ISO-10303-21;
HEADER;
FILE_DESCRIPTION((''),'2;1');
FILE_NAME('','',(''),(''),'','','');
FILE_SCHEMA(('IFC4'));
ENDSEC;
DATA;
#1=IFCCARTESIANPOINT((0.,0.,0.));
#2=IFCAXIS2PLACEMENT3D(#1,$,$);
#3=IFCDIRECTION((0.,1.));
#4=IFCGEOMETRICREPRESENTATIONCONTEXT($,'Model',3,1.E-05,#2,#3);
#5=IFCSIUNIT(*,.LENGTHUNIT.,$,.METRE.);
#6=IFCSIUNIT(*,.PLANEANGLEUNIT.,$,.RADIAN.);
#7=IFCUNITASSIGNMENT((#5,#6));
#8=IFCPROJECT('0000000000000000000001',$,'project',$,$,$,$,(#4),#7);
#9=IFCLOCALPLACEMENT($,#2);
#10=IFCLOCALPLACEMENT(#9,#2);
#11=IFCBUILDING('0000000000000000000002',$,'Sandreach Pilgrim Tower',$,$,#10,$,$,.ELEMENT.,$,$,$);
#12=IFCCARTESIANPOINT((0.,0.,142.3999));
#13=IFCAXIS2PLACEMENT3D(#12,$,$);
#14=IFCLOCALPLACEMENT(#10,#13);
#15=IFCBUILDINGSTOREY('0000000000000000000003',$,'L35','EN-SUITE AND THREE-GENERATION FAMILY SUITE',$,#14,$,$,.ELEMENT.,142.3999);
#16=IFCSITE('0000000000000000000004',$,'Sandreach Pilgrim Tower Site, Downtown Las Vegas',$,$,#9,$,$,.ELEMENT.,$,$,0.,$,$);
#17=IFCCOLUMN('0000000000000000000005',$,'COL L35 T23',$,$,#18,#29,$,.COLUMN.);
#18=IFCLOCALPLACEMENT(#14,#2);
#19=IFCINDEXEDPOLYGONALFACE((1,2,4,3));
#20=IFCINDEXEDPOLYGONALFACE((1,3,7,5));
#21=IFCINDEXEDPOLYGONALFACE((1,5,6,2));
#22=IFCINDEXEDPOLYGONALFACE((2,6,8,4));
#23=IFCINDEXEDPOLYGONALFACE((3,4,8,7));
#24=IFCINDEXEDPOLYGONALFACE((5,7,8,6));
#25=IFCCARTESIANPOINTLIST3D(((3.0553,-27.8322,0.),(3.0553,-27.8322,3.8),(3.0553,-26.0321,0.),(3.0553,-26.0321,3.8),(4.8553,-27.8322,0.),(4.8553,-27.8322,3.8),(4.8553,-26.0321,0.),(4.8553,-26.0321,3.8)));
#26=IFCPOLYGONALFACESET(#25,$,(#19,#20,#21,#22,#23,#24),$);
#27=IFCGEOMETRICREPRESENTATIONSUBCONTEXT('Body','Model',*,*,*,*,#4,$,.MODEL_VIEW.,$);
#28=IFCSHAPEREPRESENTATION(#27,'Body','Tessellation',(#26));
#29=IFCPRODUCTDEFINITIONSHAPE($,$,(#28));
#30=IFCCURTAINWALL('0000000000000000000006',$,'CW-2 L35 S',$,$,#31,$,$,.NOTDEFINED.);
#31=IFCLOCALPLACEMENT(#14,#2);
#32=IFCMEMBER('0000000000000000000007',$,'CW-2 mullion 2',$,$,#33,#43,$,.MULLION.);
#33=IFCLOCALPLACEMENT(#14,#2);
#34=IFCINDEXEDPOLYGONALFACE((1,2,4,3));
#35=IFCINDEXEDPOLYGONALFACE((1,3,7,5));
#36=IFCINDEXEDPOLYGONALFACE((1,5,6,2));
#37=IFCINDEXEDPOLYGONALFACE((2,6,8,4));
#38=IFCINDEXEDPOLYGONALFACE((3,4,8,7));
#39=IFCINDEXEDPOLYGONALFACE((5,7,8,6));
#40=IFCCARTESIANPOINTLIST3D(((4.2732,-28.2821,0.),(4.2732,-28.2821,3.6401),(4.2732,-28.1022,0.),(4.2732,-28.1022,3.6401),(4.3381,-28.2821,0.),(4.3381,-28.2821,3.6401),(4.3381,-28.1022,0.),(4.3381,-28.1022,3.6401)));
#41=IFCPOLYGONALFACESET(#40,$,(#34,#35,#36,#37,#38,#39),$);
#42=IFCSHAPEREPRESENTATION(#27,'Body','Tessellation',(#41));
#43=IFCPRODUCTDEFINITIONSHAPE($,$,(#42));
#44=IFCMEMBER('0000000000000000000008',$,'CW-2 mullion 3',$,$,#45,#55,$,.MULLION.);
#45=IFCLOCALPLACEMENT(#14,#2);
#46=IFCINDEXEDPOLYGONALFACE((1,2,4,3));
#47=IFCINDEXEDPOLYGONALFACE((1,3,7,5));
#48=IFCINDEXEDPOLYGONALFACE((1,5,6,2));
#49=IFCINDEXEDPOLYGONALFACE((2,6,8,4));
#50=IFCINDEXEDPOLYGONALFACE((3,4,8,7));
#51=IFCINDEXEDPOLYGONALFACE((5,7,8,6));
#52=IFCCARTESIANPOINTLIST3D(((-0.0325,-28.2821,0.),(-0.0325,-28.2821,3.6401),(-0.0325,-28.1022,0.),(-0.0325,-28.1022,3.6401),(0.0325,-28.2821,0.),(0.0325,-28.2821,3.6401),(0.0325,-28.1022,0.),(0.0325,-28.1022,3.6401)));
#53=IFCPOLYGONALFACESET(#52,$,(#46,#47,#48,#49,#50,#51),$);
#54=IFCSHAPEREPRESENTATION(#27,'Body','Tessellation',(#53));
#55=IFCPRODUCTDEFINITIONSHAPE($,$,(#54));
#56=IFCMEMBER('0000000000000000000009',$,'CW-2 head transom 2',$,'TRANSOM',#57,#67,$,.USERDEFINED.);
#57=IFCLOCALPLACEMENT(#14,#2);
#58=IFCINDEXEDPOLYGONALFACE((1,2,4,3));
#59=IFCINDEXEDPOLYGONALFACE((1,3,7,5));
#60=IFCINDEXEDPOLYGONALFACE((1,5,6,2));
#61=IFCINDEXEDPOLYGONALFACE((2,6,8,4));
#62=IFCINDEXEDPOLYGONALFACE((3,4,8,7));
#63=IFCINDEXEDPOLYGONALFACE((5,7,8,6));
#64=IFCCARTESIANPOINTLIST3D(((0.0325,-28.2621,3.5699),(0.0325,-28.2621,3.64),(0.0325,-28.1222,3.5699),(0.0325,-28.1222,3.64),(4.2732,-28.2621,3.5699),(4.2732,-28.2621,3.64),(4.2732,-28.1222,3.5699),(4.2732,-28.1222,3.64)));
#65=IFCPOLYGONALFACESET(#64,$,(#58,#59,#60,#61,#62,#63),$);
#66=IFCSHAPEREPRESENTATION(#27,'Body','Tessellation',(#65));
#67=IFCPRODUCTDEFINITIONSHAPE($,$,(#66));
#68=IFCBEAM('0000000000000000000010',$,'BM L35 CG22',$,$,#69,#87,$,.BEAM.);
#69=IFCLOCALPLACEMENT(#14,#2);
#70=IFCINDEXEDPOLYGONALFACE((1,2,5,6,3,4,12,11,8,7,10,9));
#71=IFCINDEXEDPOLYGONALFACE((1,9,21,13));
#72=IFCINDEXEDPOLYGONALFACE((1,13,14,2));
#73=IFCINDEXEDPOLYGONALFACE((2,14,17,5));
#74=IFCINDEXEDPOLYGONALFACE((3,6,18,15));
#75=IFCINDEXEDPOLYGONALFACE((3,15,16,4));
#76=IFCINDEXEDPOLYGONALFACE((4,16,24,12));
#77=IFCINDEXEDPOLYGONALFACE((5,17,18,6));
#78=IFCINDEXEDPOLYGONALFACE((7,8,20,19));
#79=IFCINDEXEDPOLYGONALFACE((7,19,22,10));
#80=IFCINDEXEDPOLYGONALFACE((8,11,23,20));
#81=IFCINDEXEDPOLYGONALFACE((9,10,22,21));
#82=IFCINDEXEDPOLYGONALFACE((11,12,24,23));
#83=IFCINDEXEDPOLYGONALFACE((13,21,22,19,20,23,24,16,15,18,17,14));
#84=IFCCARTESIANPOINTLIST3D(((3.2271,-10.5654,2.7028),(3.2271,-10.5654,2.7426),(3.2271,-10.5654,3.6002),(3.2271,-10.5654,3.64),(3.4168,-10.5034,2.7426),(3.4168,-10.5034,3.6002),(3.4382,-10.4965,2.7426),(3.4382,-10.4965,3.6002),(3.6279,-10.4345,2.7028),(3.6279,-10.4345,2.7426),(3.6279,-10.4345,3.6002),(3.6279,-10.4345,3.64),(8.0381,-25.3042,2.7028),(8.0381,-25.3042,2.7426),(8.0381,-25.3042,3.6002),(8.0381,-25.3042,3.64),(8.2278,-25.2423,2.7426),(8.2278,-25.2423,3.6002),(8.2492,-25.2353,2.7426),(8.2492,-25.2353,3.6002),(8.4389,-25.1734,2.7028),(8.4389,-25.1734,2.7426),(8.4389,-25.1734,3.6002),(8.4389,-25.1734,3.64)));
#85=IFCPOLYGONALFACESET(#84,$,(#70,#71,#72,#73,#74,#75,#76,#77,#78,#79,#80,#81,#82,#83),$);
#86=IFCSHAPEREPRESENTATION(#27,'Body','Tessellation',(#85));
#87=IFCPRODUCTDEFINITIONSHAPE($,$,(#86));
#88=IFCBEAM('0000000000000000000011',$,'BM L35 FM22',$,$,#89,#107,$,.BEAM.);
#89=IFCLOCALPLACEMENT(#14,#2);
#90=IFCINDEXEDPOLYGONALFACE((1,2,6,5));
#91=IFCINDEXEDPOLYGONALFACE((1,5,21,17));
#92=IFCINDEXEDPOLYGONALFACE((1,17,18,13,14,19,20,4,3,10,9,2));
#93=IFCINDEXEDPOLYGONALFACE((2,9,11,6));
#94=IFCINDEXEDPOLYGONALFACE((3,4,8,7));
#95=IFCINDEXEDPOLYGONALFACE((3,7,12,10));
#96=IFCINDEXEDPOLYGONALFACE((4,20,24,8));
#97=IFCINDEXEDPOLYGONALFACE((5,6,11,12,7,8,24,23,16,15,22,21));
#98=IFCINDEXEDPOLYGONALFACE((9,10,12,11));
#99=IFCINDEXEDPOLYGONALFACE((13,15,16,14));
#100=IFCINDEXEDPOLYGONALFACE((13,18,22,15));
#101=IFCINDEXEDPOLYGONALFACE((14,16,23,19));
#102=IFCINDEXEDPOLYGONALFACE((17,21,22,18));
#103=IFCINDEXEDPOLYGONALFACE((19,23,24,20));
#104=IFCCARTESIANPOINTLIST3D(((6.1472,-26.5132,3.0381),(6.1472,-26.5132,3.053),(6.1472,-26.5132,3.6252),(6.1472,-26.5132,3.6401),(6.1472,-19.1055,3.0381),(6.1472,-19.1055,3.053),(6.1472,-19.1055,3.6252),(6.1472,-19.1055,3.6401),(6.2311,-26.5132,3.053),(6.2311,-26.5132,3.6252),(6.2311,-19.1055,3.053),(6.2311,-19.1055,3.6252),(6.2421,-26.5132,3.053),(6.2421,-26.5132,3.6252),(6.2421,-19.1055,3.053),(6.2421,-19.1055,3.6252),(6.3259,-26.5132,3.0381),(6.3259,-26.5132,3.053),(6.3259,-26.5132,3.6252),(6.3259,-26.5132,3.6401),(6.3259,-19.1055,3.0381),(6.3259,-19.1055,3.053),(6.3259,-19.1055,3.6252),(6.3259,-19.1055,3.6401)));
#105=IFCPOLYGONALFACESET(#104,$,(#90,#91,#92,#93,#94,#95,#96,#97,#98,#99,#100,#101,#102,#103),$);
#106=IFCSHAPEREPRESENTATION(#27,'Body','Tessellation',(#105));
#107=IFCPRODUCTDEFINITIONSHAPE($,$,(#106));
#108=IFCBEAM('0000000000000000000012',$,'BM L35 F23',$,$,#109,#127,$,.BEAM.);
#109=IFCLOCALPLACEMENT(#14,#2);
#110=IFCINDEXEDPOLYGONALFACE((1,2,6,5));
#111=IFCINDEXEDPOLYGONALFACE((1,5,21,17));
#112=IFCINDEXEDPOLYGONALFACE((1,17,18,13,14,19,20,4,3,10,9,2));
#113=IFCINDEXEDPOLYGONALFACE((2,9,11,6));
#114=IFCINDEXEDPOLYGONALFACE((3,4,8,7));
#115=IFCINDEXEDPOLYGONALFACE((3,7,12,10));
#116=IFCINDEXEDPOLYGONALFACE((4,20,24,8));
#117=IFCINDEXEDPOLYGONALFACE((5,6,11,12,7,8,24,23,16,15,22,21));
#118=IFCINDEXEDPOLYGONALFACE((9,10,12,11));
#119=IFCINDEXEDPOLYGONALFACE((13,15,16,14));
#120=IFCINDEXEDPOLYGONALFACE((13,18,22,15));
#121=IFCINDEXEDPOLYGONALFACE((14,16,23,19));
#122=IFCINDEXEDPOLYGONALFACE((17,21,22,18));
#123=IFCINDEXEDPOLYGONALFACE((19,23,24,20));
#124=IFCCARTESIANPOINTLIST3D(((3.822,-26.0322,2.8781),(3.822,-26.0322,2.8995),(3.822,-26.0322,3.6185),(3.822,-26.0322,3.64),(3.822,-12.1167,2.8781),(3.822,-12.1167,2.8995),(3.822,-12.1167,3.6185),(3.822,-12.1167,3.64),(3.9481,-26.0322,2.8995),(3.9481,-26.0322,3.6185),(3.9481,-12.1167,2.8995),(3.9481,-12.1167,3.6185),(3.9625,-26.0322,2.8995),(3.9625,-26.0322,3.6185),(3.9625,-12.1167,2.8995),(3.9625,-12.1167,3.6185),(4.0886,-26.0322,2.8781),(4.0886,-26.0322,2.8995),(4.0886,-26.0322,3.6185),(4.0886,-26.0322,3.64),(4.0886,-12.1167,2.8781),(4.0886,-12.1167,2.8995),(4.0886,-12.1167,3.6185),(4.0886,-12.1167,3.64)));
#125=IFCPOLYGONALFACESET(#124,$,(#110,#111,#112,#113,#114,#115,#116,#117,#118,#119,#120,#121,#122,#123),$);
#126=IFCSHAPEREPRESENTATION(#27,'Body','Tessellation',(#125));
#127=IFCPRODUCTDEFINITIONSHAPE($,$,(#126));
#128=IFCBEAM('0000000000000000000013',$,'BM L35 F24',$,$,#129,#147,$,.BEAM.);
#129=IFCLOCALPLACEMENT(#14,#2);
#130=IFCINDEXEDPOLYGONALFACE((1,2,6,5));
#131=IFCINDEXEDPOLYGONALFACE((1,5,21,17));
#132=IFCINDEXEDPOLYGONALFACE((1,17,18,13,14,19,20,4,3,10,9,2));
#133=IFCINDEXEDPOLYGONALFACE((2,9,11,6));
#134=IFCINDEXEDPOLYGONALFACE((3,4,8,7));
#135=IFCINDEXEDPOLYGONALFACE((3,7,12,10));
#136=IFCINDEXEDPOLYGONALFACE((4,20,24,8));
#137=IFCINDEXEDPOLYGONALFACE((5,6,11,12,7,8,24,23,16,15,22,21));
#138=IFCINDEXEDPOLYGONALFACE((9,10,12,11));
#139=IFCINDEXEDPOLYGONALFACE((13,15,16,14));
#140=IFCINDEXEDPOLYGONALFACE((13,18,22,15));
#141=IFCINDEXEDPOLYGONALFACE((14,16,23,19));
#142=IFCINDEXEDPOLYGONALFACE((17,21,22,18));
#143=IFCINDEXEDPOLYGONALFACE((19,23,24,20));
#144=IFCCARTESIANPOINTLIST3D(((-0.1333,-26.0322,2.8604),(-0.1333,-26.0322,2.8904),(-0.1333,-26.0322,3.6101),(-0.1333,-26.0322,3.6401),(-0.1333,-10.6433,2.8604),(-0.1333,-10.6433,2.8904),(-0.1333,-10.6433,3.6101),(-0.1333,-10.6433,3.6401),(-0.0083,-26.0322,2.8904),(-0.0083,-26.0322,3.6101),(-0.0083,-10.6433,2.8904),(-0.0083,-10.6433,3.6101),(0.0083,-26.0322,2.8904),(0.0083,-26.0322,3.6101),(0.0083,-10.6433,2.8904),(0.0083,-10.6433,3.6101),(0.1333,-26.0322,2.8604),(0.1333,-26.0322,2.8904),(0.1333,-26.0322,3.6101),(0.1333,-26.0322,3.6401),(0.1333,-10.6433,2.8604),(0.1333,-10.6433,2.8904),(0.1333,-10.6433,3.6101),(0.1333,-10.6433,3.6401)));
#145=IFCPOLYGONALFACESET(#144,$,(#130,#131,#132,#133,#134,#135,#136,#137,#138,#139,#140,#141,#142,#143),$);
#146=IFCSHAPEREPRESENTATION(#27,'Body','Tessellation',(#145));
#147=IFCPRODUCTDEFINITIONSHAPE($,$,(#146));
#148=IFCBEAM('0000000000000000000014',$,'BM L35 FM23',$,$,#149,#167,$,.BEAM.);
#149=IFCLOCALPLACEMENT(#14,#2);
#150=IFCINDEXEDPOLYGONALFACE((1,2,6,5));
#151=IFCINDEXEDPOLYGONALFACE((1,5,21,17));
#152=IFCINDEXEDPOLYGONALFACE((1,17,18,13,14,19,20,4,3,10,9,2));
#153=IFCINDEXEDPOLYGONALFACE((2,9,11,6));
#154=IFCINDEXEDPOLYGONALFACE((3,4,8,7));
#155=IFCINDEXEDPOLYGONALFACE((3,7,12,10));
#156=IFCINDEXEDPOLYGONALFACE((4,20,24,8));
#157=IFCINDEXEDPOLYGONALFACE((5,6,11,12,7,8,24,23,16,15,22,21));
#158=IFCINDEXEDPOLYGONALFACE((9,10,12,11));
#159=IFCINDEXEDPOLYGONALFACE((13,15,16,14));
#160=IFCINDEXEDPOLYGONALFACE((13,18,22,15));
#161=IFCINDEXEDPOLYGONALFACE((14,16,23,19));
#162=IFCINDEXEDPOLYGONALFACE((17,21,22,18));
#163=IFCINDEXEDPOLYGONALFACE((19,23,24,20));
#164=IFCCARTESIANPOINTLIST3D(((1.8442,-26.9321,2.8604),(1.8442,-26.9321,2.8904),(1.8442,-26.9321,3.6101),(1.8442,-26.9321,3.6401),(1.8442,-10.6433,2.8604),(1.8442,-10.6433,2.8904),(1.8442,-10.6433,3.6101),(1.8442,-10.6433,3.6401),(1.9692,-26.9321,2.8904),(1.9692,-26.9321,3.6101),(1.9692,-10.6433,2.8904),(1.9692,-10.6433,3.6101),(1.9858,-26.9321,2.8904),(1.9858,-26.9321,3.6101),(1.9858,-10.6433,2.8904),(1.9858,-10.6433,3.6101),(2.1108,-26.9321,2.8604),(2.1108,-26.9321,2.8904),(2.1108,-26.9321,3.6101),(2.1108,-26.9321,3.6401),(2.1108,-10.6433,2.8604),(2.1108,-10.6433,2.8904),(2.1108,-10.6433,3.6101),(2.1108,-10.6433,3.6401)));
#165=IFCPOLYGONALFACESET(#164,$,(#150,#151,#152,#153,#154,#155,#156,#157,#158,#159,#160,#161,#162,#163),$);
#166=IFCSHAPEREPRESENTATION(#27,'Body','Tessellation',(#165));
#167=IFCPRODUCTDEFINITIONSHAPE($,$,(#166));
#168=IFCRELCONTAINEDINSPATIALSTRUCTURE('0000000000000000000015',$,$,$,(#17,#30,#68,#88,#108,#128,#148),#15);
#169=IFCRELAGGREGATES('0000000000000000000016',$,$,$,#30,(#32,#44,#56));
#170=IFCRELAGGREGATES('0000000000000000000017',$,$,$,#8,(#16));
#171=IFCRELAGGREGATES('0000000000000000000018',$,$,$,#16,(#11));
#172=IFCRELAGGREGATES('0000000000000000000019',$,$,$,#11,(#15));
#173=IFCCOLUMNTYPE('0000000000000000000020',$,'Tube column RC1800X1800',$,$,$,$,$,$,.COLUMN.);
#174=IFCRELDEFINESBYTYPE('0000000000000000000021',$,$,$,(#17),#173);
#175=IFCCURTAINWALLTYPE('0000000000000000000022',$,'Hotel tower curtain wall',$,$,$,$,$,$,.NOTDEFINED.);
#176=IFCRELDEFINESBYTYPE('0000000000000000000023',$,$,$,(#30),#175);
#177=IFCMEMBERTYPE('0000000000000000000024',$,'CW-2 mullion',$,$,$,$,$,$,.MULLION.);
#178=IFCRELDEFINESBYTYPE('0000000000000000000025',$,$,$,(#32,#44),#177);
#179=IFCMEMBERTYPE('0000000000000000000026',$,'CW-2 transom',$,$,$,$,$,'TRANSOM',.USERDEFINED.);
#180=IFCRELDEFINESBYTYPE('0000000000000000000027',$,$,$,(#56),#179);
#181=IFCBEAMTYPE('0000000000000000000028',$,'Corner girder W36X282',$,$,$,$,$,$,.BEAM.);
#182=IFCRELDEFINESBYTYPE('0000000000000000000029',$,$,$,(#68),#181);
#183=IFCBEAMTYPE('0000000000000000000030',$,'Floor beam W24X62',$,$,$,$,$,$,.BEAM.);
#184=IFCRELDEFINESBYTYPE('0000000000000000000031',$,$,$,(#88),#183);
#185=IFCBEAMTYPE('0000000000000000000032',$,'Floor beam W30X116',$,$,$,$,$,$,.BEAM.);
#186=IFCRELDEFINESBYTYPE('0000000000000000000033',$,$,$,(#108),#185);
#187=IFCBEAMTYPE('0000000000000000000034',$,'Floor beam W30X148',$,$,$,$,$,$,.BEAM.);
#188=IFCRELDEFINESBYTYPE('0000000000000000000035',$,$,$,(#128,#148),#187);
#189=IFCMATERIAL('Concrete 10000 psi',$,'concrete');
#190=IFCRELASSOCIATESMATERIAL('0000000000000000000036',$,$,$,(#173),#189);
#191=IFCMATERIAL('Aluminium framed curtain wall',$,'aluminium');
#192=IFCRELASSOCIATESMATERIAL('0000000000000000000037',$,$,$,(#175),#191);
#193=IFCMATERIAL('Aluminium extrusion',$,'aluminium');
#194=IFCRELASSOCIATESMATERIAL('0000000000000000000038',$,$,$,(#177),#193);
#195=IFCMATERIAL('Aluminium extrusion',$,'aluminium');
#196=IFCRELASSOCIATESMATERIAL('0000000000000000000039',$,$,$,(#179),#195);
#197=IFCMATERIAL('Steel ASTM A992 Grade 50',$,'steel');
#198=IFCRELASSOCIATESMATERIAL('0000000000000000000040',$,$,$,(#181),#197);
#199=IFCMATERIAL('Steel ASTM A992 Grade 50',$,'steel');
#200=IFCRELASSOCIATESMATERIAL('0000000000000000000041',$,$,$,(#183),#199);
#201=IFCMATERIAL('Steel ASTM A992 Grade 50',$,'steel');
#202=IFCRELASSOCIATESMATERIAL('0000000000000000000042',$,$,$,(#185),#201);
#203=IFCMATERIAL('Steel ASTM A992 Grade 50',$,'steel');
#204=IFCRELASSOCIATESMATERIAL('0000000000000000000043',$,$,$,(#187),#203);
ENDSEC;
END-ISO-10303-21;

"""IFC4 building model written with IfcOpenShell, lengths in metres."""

from ifc_helpers import new_model, si_unit, direction, frame, origin, origin_2d, place, context, subcontext, project, spatial, rectangle, i_section, extrude, material, material_profile, profile_set, type_object, element, aggregate, save


model = new_model("IFC4")

# Units and contexts
model_context = context("Model", 3, precision=1e-05, world=origin(), true_north=direction((0.0, 1.0)))
body_context = subcontext(model_context, "Body", "Model", "MODEL_VIEW")
ifc_project = project(units=[si_unit("LENGTHUNIT", "METRE"), si_unit("PLANEANGLEUNIT", "RADIAN")], contexts=[model_context])

# Site, building, storey
site_placement = place(None, origin())
site = spatial("IfcSite", under=ifc_project, at=site_placement, Name="Sandreach Pilgrim Tower Site, Downtown Las Vegas", CompositionType="ELEMENT", RefElevation=0.0)
building_placement = place(site_placement, origin())
building = spatial("IfcBuilding", under=site, at=building_placement, Name="Sandreach Pilgrim Tower", CompositionType="ELEMENT")
storey_placement = place(building_placement, frame((0.0, 0.0, 142.3999)))
storey = spatial("IfcBuildingStorey", under=building, at=storey_placement, Name="L35", Description="EN-SUITE AND THREE-GENERATION FAMILY SUITE", CompositionType="ELEMENT", Elevation=142.3999)

# Column
ifc_material_1 = material(Name="Concrete 10000 psi", Category="concrete")
ifc_material_profile_1 = material_profile(ifc_material_1, rectangle(XDim=1.8, YDim=1.8, at=origin_2d()), Name="RC1800X1800")
ifc_profile_set_1 = profile_set([ifc_material_profile_1], Name="Concrete 10000 psi")
column_type = type_object("IfcColumnType", Name="Tube column RC1800X1800", PredefinedType="COLUMN", material=ifc_profile_set_1)
column_placement = place(storey_placement, frame((3.9553, -26.9321, 0.0), z_axis=(0.0, 0.0, 1.0), x_axis=(0.0, -1.0, 0.0)))
element("IfcColumn", 1, at=column_placement, inside=storey, type_object=column_type, Name="COL L35 T23", PredefinedType="COLUMN", context=body_context, shape_type="SweptSolid", body=[
    extrude(rectangle(XDim=1.8, YDim=1.8, at=origin_2d()), origin(), (0.0, 0.0, 1.0), 3.8),
])

# Curtain wall, members
ifc_material_2 = material(Name="Aluminium framed curtain wall", Category="aluminium")
curtain_wall_type = type_object("IfcCurtainWallType", Name="Hotel tower curtain wall", PredefinedType="NOTDEFINED", material=ifc_material_2)
curtain_wall_placement = place(storey_placement, origin())
curtain_wall = element("IfcCurtainWall", 2, at=curtain_wall_placement, inside=storey, type_object=curtain_wall_type, Name="CW-2 L35 S", PredefinedType="NOTDEFINED")
ifc_material_3 = material(Name="Aluminium extrusion", Category="aluminium")
ifc_material_profile_2 = material_profile(ifc_material_3, rectangle(XDim=0.0649, YDim=0.1799, at=origin_2d()), Name="CW-2M 65X180")
ifc_profile_set_2 = profile_set([ifc_material_profile_2], Name="Aluminium extrusion")
member_type_1 = type_object("IfcMemberType", Name="CW-2 mullion", PredefinedType="MULLION", material=ifc_profile_set_2)
member_1_placement = place(storey_placement, frame((4.3057, -28.1921, 0.0), z_axis=(0.0, 0.0, 1.0), x_axis=(-1.0, 0.0, 0.0)))
member_1 = element("IfcMember", 3, at=member_1_placement, type_object=member_type_1, Name="CW-2 mullion 2", PredefinedType="MULLION", context=body_context, shape_type="SweptSolid", body=[
    extrude(rectangle(XDim=0.0649, YDim=0.1799, at=origin_2d()), origin(), (0.0, 0.0, 1.0), 3.6401),
])
member_2_placement = place(storey_placement, frame((0.0, -28.1921, 0.0), z_axis=(0.0, 0.0, 1.0), x_axis=(-1.0, 0.0, 0.0)))
member_2 = element("IfcMember", 4, at=member_2_placement, type_object=member_type_1, Name="CW-2 mullion 3", PredefinedType="MULLION", context=body_context, shape_type="SweptSolid", body=[
    extrude(rectangle(XDim=0.0649, YDim=0.1799, at=origin_2d()), origin(), (0.0, 0.0, 1.0), 3.6401),
])
ifc_material_4 = material(Name="Aluminium extrusion", Category="aluminium")
ifc_material_profile_3 = material_profile(ifc_material_4, rectangle(XDim=0.1399, YDim=0.0701, at=origin_2d()), Name="CW-2T 140X70")
ifc_profile_set_3 = profile_set([ifc_material_profile_3], Name="Aluminium extrusion")
member_type_2 = type_object("IfcMemberType", Name="CW-2 transom", ElementType="TRANSOM", PredefinedType="USERDEFINED", material=ifc_profile_set_3)
member_3_placement = place(storey_placement, frame((4.2732, -28.1921, 3.605), z_axis=(-1.0, 0.0, 0.0), x_axis=(0.0, -1.0, 0.0)))
member_3 = element("IfcMember", 5, at=member_3_placement, type_object=member_type_2, Name="CW-2 head transom 2", ObjectType="TRANSOM", PredefinedType="USERDEFINED", context=body_context, shape_type="SweptSolid", body=[
    extrude(rectangle(XDim=0.1399, YDim=0.0701, at=origin_2d()), origin(), (0.0, 0.0, 1.0), 4.2407),
])

# Beams
ifc_material_5 = material(Name="Steel ASTM A992 Grade 50", Category="steel")
ifc_material_profile_4 = material_profile(ifc_material_5, i_section(OverallWidth=0.4216, OverallDepth=0.9373, WebThickness=0.0225, FlangeThickness=0.0398, at=origin_2d()), Name="W36X282")
ifc_profile_set_4 = profile_set([ifc_material_profile_4], Name="Steel ASTM A992 Grade 50")
beam_type_1 = type_object("IfcBeamType", Name="Corner girder W36X282", PredefinedType="BEAM", material=ifc_profile_set_4)
beam_1_placement = place(storey_placement, frame((8.2385, -25.2388, 3.1714), z_axis=(-0.310307, 0.950636, 0.0), x_axis=(-0.950636, -0.310307, 0.0)))
element("IfcBeam", 6, at=beam_1_placement, inside=storey, type_object=beam_type_1, Name="BM L35 CG22", PredefinedType="BEAM", context=body_context, shape_type="SweptSolid", body=[
    extrude(i_section(OverallWidth=0.4216, OverallDepth=0.9373, WebThickness=0.0225, FlangeThickness=0.0398, at=origin_2d()), origin(), (0.0, 0.0, 1.0), 15.5042),
])
ifc_material_6 = material(Name="Steel ASTM A992 Grade 50", Category="steel")
ifc_material_profile_5 = material_profile(ifc_material_6, i_section(OverallWidth=0.1787, OverallDepth=0.6021, WebThickness=0.011, FlangeThickness=0.0149, at=origin_2d()), Name="W24X62")
ifc_profile_set_5 = profile_set([ifc_material_profile_5], Name="Steel ASTM A992 Grade 50")
beam_type_2 = type_object("IfcBeamType", Name="Floor beam W24X62", PredefinedType="BEAM", material=ifc_profile_set_5)
beam_2_placement = place(storey_placement, frame((6.2366, -26.5132, 3.3391), z_axis=(0.0, 1.0, 0.0), x_axis=(-1.0, 0.0, 0.0)))
element("IfcBeam", 7, at=beam_2_placement, inside=storey, type_object=beam_type_2, Name="BM L35 FM22", PredefinedType="BEAM", context=body_context, shape_type="SweptSolid", body=[
    extrude(i_section(OverallWidth=0.1787, OverallDepth=0.6021, WebThickness=0.011, FlangeThickness=0.0149, at=origin_2d()), origin(), (0.0, 0.0, 1.0), 7.4077),
])
ifc_material_7 = material(Name="Steel ASTM A992 Grade 50", Category="steel")
ifc_material_profile_6 = material_profile(ifc_material_7, i_section(OverallWidth=0.2666, OverallDepth=0.762, WebThickness=0.0144, FlangeThickness=0.0215, at=origin_2d()), Name="W30X116")
ifc_profile_set_6 = profile_set([ifc_material_profile_6], Name="Steel ASTM A992 Grade 50")
beam_type_3 = type_object("IfcBeamType", Name="Floor beam W30X116", PredefinedType="BEAM", material=ifc_profile_set_6)
beam_3_placement = place(storey_placement, frame((3.9553, -26.0322, 3.259), z_axis=(0.0, 1.0, 0.0), x_axis=(-1.0, 0.0, 0.0)))
element("IfcBeam", 8, at=beam_3_placement, inside=storey, type_object=beam_type_3, Name="BM L35 F23", PredefinedType="BEAM", context=body_context, shape_type="SweptSolid", body=[
    extrude(i_section(OverallWidth=0.2666, OverallDepth=0.762, WebThickness=0.0144, FlangeThickness=0.0215, at=origin_2d()), origin(), (0.0, 0.0, 1.0), 13.9155),
])
ifc_material_8 = material(Name="Steel ASTM A992 Grade 50", Category="steel")
ifc_material_profile_7 = material_profile(ifc_material_8, i_section(OverallWidth=0.2666, OverallDepth=0.7798, WebThickness=0.0166, FlangeThickness=0.03, at=origin_2d()), Name="W30X148")
ifc_profile_set_7 = profile_set([ifc_material_profile_7], Name="Steel ASTM A992 Grade 50")
beam_type_4 = type_object("IfcBeamType", Name="Floor beam W30X148", PredefinedType="BEAM", material=ifc_profile_set_7)
beam_4_placement = place(storey_placement, frame((0.0, -26.0322, 3.2502), z_axis=(0.0, 1.0, 0.0), x_axis=(-1.0, 0.0, 0.0)))
element("IfcBeam", 9, at=beam_4_placement, inside=storey, type_object=beam_type_4, Name="BM L35 F24", PredefinedType="BEAM", context=body_context, shape_type="SweptSolid", body=[
    extrude(i_section(OverallWidth=0.2666, OverallDepth=0.7798, WebThickness=0.0166, FlangeThickness=0.03, at=origin_2d()), origin(), (0.0, 0.0, 1.0), 15.3889),
])
beam_5_placement = place(storey_placement, frame((1.9775, -26.9321, 3.2502), z_axis=(0.0, 1.0, 0.0), x_axis=(-1.0, 0.0, 0.0)))
element("IfcBeam", 10, at=beam_5_placement, inside=storey, type_object=beam_type_4, Name="BM L35 FM23", PredefinedType="BEAM", context=body_context, shape_type="SweptSolid", body=[
    extrude(i_section(OverallWidth=0.2666, OverallDepth=0.7798, WebThickness=0.0166, FlangeThickness=0.03, at=origin_2d()), origin(), (0.0, 0.0, 1.0), 16.2888),
])

aggregate(curtain_wall, [member_1, member_2, member_3])

save(model, "model.ifc")
